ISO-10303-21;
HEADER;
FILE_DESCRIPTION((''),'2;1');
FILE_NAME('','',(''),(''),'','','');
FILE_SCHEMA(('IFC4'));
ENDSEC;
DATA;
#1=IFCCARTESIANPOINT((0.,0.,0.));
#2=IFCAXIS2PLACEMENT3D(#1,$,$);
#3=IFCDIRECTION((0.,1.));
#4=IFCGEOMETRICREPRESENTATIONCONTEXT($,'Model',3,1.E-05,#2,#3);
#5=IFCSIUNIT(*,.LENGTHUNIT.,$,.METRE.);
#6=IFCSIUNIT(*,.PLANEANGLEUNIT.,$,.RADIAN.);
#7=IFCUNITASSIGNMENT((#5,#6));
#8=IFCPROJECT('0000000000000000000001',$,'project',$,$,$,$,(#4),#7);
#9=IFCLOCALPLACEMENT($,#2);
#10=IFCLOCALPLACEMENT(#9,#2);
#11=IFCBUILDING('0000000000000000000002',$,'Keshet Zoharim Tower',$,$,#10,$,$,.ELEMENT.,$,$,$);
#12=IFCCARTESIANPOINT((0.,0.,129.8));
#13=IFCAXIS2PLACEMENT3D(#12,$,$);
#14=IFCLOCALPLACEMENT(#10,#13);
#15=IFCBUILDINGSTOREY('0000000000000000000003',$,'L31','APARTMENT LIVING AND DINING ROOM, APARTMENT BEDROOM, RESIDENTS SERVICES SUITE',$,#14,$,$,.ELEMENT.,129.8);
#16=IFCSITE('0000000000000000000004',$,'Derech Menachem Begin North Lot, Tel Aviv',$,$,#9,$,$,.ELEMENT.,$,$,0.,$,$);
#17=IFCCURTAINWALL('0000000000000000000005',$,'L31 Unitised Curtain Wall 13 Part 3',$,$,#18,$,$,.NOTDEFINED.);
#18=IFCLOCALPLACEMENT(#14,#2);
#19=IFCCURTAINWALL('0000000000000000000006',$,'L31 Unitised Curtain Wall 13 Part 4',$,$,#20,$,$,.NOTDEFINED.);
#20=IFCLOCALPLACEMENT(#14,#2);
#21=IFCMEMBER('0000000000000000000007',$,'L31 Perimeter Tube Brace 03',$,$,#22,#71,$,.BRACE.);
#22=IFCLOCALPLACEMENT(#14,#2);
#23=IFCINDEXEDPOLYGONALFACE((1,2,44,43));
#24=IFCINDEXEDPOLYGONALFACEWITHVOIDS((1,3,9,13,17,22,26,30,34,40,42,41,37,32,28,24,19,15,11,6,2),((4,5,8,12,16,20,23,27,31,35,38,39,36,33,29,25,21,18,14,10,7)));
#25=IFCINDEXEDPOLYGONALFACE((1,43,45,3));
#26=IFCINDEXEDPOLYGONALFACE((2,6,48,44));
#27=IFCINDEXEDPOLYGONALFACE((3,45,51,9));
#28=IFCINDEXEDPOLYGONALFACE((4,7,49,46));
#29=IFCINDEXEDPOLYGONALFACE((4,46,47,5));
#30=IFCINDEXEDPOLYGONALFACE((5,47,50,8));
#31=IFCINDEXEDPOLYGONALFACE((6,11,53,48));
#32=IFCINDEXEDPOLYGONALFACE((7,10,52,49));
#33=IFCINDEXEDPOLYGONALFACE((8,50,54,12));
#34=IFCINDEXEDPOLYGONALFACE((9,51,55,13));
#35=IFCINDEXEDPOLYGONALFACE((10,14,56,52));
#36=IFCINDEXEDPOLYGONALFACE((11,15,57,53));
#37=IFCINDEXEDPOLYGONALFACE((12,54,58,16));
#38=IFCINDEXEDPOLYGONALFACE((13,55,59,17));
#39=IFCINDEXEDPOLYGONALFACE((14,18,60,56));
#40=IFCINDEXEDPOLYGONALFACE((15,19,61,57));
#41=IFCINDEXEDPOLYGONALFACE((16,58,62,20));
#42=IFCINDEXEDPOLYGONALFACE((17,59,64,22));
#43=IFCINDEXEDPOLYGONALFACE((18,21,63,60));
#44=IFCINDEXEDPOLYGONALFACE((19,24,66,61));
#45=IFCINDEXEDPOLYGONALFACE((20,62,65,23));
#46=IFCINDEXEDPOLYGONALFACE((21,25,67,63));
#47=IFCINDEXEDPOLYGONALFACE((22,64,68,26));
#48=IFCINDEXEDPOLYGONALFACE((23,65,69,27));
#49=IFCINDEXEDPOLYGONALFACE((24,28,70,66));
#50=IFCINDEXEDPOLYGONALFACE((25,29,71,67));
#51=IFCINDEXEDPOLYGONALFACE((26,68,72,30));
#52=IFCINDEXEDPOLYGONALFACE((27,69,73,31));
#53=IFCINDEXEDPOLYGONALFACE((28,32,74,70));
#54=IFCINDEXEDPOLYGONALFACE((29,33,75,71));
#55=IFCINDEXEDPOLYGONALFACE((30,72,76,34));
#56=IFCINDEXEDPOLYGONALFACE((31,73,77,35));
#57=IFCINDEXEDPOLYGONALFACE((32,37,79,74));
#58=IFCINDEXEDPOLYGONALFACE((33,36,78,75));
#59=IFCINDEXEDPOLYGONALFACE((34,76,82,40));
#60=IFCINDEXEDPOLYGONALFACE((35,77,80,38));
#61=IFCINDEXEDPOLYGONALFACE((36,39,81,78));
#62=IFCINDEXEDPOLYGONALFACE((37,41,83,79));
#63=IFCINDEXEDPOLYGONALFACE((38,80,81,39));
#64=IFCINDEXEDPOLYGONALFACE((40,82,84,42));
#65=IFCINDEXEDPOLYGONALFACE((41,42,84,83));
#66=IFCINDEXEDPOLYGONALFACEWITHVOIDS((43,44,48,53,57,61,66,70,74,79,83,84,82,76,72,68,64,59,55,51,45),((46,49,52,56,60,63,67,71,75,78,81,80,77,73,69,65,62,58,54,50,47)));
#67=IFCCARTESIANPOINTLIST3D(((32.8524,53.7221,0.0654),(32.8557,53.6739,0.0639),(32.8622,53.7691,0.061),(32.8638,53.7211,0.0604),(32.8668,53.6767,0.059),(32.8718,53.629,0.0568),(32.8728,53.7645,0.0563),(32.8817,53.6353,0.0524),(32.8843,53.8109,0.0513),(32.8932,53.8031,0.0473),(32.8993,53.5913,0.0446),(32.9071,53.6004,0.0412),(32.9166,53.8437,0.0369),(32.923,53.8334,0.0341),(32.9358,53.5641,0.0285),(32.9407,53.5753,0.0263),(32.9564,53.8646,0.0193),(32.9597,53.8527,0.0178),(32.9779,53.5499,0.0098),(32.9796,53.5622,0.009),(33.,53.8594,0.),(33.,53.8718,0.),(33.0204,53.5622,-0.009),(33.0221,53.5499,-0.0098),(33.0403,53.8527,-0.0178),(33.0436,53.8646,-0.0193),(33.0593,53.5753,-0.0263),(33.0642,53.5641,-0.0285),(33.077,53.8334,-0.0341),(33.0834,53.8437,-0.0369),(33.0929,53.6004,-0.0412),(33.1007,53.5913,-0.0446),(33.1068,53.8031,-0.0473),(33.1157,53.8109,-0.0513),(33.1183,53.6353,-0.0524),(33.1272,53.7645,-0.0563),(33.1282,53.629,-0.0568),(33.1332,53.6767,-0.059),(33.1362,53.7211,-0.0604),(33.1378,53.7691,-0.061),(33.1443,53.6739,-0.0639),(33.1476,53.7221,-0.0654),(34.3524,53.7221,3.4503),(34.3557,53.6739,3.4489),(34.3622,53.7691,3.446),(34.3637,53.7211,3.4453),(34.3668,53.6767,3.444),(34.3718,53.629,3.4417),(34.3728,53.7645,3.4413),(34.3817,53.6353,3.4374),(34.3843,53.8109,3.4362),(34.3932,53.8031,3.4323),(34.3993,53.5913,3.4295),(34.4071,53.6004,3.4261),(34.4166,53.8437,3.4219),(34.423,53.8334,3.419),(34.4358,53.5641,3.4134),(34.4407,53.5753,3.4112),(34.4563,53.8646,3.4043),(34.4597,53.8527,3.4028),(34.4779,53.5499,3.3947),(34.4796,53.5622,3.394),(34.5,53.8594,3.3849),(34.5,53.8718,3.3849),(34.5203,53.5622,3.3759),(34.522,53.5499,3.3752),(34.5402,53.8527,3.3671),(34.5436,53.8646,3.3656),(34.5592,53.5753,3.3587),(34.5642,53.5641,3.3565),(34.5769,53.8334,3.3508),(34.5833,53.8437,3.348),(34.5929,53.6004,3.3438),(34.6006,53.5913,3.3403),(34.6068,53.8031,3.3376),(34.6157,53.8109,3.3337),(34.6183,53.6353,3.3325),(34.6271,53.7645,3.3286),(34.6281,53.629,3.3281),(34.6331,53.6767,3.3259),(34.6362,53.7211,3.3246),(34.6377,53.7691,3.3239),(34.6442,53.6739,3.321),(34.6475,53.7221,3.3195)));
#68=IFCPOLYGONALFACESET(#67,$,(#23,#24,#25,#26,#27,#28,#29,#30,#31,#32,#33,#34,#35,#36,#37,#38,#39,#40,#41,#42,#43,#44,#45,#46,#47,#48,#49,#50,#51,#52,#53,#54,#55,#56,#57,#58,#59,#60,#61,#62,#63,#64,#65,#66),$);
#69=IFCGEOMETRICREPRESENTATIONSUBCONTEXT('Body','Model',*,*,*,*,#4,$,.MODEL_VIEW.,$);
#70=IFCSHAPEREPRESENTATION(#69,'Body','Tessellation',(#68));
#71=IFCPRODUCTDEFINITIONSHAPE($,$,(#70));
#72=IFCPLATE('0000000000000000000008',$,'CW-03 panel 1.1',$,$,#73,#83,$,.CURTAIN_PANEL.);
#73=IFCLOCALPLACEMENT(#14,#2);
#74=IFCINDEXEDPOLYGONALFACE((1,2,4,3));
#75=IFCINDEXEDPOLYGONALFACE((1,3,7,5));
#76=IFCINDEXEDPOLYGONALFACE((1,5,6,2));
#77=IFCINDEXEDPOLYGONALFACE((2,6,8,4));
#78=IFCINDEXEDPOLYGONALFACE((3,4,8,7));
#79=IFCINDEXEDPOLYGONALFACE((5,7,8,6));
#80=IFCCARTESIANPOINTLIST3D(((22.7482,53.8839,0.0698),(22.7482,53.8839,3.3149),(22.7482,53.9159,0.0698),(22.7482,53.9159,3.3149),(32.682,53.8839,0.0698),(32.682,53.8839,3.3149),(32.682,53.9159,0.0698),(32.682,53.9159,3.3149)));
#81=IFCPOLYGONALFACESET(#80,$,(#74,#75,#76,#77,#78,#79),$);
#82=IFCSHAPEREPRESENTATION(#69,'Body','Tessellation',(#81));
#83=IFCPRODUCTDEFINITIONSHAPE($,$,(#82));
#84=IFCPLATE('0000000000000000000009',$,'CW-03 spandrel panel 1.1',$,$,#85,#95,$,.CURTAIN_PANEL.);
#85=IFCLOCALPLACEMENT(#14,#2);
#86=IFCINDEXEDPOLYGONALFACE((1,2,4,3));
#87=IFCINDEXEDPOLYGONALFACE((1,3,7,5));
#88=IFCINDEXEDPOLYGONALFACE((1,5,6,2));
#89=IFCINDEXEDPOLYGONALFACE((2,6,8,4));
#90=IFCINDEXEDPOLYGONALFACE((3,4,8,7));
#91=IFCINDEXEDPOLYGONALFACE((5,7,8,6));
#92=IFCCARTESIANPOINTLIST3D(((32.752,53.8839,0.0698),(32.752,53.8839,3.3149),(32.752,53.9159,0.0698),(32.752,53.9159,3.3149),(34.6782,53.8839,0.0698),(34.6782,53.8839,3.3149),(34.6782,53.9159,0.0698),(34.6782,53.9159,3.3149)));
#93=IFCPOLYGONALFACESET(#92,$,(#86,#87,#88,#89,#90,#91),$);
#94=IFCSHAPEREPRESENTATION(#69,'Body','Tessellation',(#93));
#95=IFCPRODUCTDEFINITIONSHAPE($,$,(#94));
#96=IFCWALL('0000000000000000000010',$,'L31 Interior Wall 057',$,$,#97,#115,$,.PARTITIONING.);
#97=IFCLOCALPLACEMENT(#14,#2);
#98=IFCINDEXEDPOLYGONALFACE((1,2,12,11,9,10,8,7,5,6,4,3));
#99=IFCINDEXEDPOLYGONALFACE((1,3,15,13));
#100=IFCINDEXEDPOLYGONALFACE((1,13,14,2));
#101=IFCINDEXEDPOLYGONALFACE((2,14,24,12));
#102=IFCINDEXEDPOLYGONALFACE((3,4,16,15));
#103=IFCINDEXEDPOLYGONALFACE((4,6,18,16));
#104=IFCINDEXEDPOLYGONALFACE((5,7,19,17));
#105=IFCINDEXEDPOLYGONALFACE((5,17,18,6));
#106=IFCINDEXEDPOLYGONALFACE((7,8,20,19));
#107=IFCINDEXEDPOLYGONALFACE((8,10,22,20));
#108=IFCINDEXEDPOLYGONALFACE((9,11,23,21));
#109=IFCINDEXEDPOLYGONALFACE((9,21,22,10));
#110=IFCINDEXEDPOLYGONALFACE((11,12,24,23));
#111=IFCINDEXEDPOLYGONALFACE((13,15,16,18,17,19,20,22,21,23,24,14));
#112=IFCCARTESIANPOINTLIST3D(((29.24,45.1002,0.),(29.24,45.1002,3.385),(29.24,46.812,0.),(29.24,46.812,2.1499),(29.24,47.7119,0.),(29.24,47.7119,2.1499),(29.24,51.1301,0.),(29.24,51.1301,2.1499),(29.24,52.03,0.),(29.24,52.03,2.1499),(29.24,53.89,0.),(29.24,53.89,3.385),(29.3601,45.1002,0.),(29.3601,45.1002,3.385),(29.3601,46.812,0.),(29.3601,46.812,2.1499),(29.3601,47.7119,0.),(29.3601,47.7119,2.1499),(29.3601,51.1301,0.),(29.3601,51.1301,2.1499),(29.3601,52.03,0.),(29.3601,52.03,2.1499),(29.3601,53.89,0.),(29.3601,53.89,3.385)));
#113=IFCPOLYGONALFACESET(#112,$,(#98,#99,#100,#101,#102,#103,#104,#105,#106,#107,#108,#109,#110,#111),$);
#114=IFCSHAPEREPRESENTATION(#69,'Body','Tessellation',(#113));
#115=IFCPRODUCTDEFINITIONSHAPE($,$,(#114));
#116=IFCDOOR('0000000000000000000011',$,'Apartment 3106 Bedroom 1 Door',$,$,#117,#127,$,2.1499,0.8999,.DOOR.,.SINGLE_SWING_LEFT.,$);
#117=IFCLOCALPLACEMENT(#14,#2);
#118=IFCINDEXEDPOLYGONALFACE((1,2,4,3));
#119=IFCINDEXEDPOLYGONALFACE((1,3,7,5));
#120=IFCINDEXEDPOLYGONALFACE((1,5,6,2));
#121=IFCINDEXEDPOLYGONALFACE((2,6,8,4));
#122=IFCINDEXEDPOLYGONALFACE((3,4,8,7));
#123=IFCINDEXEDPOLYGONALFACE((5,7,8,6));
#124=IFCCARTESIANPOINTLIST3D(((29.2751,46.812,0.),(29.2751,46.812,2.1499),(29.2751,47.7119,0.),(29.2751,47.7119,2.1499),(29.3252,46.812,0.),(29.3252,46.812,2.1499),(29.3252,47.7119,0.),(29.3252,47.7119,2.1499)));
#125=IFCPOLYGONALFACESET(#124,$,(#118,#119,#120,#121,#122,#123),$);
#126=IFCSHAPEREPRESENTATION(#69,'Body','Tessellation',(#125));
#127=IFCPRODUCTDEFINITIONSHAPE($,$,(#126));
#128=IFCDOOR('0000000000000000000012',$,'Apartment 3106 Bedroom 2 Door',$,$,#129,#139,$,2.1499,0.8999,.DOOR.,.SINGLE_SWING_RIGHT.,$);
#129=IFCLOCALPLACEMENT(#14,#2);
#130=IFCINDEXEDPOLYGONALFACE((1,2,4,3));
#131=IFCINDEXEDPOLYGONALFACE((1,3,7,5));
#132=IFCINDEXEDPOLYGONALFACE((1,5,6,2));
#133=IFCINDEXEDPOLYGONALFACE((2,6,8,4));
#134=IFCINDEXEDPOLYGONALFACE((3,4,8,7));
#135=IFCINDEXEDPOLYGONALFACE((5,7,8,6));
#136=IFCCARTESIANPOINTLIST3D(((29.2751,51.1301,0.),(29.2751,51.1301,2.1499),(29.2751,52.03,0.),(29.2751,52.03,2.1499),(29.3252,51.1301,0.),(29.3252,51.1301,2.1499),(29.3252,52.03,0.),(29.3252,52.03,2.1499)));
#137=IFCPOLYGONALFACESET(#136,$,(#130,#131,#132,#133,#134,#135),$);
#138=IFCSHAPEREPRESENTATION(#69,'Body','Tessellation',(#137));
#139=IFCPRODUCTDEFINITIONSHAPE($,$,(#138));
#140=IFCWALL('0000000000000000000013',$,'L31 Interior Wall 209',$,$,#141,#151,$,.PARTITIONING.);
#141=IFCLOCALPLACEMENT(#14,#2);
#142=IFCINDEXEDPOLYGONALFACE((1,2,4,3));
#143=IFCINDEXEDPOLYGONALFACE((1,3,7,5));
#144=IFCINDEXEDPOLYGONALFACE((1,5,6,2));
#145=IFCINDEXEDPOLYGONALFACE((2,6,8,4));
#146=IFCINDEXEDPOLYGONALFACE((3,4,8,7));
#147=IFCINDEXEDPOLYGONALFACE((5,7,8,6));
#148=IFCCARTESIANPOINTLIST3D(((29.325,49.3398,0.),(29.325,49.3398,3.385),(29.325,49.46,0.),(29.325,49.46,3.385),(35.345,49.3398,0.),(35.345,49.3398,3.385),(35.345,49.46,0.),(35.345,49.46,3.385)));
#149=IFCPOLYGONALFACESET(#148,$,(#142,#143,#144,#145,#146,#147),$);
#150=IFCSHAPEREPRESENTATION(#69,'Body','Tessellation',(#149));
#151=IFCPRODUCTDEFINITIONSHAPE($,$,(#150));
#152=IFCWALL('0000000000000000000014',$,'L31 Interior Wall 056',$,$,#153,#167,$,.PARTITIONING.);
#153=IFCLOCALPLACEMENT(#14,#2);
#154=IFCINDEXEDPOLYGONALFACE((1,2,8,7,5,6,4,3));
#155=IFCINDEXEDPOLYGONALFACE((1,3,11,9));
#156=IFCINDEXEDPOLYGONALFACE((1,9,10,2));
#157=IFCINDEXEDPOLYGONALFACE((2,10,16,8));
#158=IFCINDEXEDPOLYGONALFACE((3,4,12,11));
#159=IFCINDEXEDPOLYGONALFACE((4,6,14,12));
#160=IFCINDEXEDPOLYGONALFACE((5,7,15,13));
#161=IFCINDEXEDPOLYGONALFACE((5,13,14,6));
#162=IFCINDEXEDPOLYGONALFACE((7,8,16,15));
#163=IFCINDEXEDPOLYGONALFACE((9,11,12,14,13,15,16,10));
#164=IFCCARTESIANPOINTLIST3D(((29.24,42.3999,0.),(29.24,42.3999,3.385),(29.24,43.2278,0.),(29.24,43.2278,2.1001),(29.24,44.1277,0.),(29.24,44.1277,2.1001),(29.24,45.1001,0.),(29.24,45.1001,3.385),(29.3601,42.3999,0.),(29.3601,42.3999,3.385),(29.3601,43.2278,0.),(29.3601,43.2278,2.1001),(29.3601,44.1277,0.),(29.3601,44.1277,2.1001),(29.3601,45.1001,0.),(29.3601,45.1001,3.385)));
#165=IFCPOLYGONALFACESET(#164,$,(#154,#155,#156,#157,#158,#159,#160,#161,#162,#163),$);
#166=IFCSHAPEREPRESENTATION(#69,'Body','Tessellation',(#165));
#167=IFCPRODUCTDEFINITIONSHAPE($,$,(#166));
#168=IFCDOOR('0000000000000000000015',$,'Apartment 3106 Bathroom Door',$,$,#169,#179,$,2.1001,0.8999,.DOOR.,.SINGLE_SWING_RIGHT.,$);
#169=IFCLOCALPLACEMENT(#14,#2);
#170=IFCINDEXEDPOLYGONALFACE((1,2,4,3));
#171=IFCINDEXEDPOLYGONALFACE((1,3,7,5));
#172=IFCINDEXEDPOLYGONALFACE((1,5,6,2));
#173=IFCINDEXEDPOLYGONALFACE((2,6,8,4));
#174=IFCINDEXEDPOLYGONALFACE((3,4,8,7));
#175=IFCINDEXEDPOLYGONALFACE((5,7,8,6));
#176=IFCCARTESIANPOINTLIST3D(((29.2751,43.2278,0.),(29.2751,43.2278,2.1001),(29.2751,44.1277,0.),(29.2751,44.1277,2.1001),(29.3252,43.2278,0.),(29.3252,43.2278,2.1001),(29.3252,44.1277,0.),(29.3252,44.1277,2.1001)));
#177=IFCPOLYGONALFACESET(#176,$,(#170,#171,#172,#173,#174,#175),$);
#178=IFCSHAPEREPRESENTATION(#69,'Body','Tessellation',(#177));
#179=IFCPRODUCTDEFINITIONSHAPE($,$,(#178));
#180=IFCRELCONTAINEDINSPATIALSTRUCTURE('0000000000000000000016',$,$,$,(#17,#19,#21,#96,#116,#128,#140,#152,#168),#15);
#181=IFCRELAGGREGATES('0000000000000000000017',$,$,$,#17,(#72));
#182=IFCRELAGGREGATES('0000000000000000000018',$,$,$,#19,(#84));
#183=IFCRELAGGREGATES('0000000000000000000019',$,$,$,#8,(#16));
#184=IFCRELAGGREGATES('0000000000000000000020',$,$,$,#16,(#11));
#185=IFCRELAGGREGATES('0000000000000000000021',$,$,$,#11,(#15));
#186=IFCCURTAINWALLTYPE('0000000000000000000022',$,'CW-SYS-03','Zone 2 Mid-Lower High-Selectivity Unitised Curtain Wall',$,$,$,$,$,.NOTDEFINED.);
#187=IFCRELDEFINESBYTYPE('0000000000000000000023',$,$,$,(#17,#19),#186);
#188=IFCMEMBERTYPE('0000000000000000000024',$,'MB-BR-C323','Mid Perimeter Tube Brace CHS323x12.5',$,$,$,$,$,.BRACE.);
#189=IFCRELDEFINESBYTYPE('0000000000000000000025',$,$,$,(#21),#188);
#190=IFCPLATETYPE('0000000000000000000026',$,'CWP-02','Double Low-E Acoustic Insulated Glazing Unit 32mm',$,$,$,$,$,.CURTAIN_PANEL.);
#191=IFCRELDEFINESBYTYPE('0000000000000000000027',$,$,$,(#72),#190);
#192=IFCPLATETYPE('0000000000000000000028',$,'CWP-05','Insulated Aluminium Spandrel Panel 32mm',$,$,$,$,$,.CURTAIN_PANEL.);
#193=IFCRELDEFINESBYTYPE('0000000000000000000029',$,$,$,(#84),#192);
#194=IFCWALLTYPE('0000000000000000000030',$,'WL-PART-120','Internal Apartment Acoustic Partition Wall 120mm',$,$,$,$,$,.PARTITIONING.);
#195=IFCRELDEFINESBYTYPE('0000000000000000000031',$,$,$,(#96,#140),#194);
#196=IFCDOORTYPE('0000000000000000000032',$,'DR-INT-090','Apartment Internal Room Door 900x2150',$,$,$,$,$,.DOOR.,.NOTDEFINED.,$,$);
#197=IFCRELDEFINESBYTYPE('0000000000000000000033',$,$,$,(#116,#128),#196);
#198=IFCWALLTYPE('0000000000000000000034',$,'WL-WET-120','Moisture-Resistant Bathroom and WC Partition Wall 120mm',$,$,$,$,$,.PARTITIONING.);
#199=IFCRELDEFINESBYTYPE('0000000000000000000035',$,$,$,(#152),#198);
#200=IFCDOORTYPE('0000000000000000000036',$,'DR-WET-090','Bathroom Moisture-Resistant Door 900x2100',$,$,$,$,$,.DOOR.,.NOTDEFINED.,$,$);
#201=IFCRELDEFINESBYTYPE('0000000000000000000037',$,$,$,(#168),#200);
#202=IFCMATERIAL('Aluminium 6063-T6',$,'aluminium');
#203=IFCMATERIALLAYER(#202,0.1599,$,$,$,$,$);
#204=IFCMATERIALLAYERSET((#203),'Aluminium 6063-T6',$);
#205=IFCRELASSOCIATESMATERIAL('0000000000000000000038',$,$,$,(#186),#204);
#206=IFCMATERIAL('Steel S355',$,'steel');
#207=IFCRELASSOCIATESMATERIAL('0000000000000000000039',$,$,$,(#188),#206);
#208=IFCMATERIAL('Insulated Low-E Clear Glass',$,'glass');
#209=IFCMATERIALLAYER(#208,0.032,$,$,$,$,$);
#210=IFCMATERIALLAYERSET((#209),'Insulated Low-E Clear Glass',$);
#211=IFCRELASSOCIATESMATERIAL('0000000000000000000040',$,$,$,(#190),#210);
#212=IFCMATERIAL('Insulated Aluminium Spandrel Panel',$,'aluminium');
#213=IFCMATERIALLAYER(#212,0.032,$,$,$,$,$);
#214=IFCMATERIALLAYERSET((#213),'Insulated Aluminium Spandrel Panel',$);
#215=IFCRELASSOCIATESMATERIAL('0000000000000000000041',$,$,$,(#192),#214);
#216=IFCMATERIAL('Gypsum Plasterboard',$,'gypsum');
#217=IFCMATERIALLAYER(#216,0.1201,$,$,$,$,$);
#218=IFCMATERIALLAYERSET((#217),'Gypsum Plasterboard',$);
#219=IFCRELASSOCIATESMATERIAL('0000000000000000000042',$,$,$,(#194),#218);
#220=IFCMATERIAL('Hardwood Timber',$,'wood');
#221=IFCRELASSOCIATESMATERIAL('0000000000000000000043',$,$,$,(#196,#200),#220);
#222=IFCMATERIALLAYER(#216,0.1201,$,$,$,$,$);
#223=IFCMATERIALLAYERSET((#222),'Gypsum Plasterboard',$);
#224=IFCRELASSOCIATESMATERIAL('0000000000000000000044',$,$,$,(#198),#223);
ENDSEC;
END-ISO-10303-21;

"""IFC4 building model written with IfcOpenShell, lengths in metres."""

from ifc_helpers import new_model, si_unit, direction, frame, frame_2d, origin, origin_2d, place, context, subcontext, project, spatial, rectangle, hollow_circle, extrude, material, layer, layer_set, material_profile, profile_set, type_object, element, fill, aggregate, save


model = new_model("IFC4")

# Units and contexts
model_context = context("Model", 3, precision=1e-05, world=origin(), true_north=direction((0.0, 1.0)))
body_context = subcontext(model_context, "Body", "Model", "MODEL_VIEW")
ifc_project = project(units=[si_unit("LENGTHUNIT", "METRE"), si_unit("PLANEANGLEUNIT", "RADIAN")], contexts=[model_context])

# Site, building, storey
site_placement = place(None, origin())
site = spatial("IfcSite", under=ifc_project, at=site_placement, Name="Derech Menachem Begin North Lot, Tel Aviv", CompositionType="ELEMENT", RefElevation=0.0)
building_placement = place(site_placement, origin())
building = spatial("IfcBuilding", under=site, at=building_placement, Name="Keshet Zoharim Tower", CompositionType="ELEMENT")
storey_placement = place(building_placement, frame((0.0, 0.0, 129.8)))
storey = spatial("IfcBuildingStorey", under=building, at=storey_placement, Name="L31", Description="APARTMENT LIVING AND DINING ROOM, APARTMENT BEDROOM, RESIDENTS SERVICES SUITE", CompositionType="ELEMENT", Elevation=129.8)

# Shared definitions
ifc_material_1 = material(Name="Steel S355", Category="steel")

# Curtain wall
ifc_material_2 = material(Name="Aluminium 6063-T6", Category="aluminium")
ifc_layer_1 = layer(ifc_material_2, 0.1599)
ifc_layer_set_1 = layer_set([ifc_layer_1], Name="Aluminium 6063-T6")
curtain_wall_type = type_object("IfcCurtainWallType", Name="CW-SYS-03", Description="Zone 2 Mid-Lower High-Selectivity Unitised Curtain Wall", PredefinedType="NOTDEFINED", material=ifc_layer_set_1)
curtain_wall_1_placement = place(storey_placement, origin())
curtain_wall_1 = element("IfcCurtainWall", 1, at=curtain_wall_1_placement, inside=storey, type_object=curtain_wall_type, Name="L31 Unitised Curtain Wall 13 Part 3", PredefinedType="NOTDEFINED")

# Curtain wall
curtain_wall_2_placement = place(storey_placement, origin())
curtain_wall_2 = element("IfcCurtainWall", 2, at=curtain_wall_2_placement, inside=storey, type_object=curtain_wall_type, Name="L31 Unitised Curtain Wall 13 Part 4", PredefinedType="NOTDEFINED")

# Member
ifc_material_profile_1 = material_profile(ifc_material_1, hollow_circle(Radius=0.1619, WallThickness=0.0125, at=origin_2d()), Name="CHS323x12.5")
ifc_profile_set_1 = profile_set([ifc_material_profile_1], Name="Steel S355")
member_type_1 = type_object("IfcMemberType", Name="MB-BR-C323", Description="Mid Perimeter Tube Brace CHS323x12.5", PredefinedType="BRACE", material=ifc_profile_set_1)
member_1_placement = place(storey_placement, frame((33.0, 53.71, 0.0), z_axis=(0.405135, 0.0, 0.914257), x_axis=(0.0, 1.0, 0.0)))
element("IfcMember", 3, at=member_1_placement, inside=storey, type_object=member_type_1, Name="L31 Perimeter Tube Brace 03", PredefinedType="BRACE", context=body_context, shape_type="SweptSolid", body=[
    extrude(hollow_circle(Radius=0.1619, WallThickness=0.0125, at=origin_2d()), origin(), (0.0, 0.0, 1.0), 3.7024),
])

# Plates
ifc_material_3 = material(Name="Insulated Low-E Clear Glass", Category="glass")
ifc_layer_2 = layer(ifc_material_3, 0.032)
ifc_layer_set_2 = layer_set([ifc_layer_2], Name="Insulated Low-E Clear Glass")
plate_type_1 = type_object("IfcPlateType", Name="CWP-02", Description="Double Low-E Acoustic Insulated Glazing Unit 32mm", PredefinedType="CURTAIN_PANEL", material=ifc_layer_set_2)
plate_1_placement = place(storey_placement, frame((27.7151, 53.8999, 0.0698), z_axis=(0.0, 0.0, 1.0), x_axis=(1.0, 0.0, 0.0)))
plate_1 = element("IfcPlate", 4, at=plate_1_placement, type_object=plate_type_1, Name="CW-03 panel 1.1", PredefinedType="CURTAIN_PANEL", context=body_context, shape_type="SweptSolid", body=[
    extrude(rectangle(XDim=9.9338, YDim=0.032, at=origin_2d()), origin(), (0.0, 0.0, 1.0), 3.2451),
])
aggregate(curtain_wall_1, [plate_1])
ifc_material_4 = material(Name="Insulated Aluminium Spandrel Panel", Category="aluminium")
ifc_layer_3 = layer(ifc_material_4, 0.032)
ifc_layer_set_3 = layer_set([ifc_layer_3], Name="Insulated Aluminium Spandrel Panel")
plate_type_2 = type_object("IfcPlateType", Name="CWP-05", Description="Insulated Aluminium Spandrel Panel 32mm", PredefinedType="CURTAIN_PANEL", material=ifc_layer_set_3)
plate_2_placement = place(storey_placement, frame((33.7151, 53.8999, 0.0698), z_axis=(0.0, 0.0, 1.0), x_axis=(1.0, 0.0, 0.0)))
plate_2 = element("IfcPlate", 5, at=plate_2_placement, type_object=plate_type_2, Name="CW-03 spandrel panel 1.1", PredefinedType="CURTAIN_PANEL", context=body_context, shape_type="SweptSolid", body=[
    extrude(rectangle(XDim=1.9263, YDim=0.032, at=origin_2d()), origin(), (0.0, 0.0, 1.0), 3.2451),
])
aggregate(curtain_wall_2, [plate_2])

# Wall, openings, doors
ifc_material_5 = material(Name="Gypsum Plasterboard", Category="gypsum")
ifc_layer_4 = layer(ifc_material_5, 0.1201)
ifc_layer_set_4 = layer_set([ifc_layer_4], Name="Gypsum Plasterboard")
wall_type_1 = type_object("IfcWallType", Name="WL-PART-120", Description="Internal Apartment Acoustic Partition Wall 120mm", PredefinedType="PARTITIONING", material=ifc_layer_set_4)
wall_1_placement = place(storey_placement, frame((29.3, 45.1001, 0.0), z_axis=(0.0, 0.0, 1.0), x_axis=(0.0, 1.0, 0.0)))
wall_1 = element("IfcWall", 6, at=wall_1_placement, inside=storey, type_object=wall_type_1, Name="L31 Interior Wall 057", PredefinedType="PARTITIONING", context=body_context, shape_type="SweptSolid", body=[
    extrude(rectangle(XDim=8.7898, YDim=0.1201, at=frame_2d((4.395, 0.0))), origin(), (0.0, 0.0, 1.0), 3.385),
])
opening_1_placement = place(wall_1_placement, frame((1.7119, 0.0, 0.0)))
opening_1 = element("IfcOpeningElement", 7, at=opening_1_placement, cuts=wall_1, PredefinedType="OPENING", context=body_context, shape_type="SweptSolid", body=[
    extrude(rectangle(XDim=0.8999, YDim=2.1499, at=frame_2d((0.45, 1.075))), frame((0.0, 0.0701, 0.0), z_axis=(0.0, -1.0, 0.0), x_axis=(1.0, 0.0, 0.0)), (0.0, 0.0, 1.0), 0.1401),
])
opening_2_placement = place(wall_1_placement, frame((6.03, 0.0, 0.0)))
opening_2 = element("IfcOpeningElement", 8, at=opening_2_placement, cuts=wall_1, PredefinedType="OPENING", context=body_context, shape_type="SweptSolid", body=[
    extrude(rectangle(XDim=0.8999, YDim=2.1499, at=frame_2d((0.45, 1.075))), frame((0.0, 0.0701, 0.0), z_axis=(0.0, -1.0, 0.0), x_axis=(1.0, 0.0, 0.0)), (0.0, 0.0, 1.0), 0.1401),
])
ifc_material_6 = material(Name="Hardwood Timber", Category="wood")
door_type_1 = type_object("IfcDoorType", Name="DR-INT-090", Description="Apartment Internal Room Door 900x2150", OperationType="NOTDEFINED", PredefinedType="DOOR", material=ifc_material_6)
door_1_placement = place(opening_1_placement, origin())
door_1 = element("IfcDoor", 9, at=door_1_placement, inside=storey, type_object=door_type_1, Name="Apartment 3106 Bedroom 1 Door", OperationType="SINGLE_SWING_LEFT", OverallHeight=2.1499, OverallWidth=0.8999, PredefinedType="DOOR", context=body_context, shape_type="SweptSolid", body=[
    extrude(rectangle(XDim=0.8999, YDim=2.1499, at=frame_2d((0.45, 1.075))), frame((0.0, 0.0249, 0.0), z_axis=(0.0, -1.0, 0.0), x_axis=(1.0, 0.0, 0.0)), (0.0, 0.0, 1.0), 0.05),
])
fill(opening_1, door_1)
door_2_placement = place(opening_2_placement, origin())
door_2 = element("IfcDoor", 10, at=door_2_placement, inside=storey, type_object=door_type_1, Name="Apartment 3106 Bedroom 2 Door", OperationType="SINGLE_SWING_RIGHT", OverallHeight=2.1499, OverallWidth=0.8999, PredefinedType="DOOR", context=body_context, shape_type="SweptSolid", body=[
    extrude(rectangle(XDim=0.8999, YDim=2.1499, at=frame_2d((0.45, 1.075))), frame((0.0, 0.0249, 0.0), z_axis=(0.0, -1.0, 0.0), x_axis=(1.0, 0.0, 0.0)), (0.0, 0.0, 1.0), 0.05),
])
fill(opening_2, door_2)

# Wall
wall_2_placement = place(storey_placement, frame((29.325, 49.3999, 0.0), z_axis=(0.0, 0.0, 1.0), x_axis=(1.0, 0.0, 0.0)))
element("IfcWall", 11, at=wall_2_placement, inside=storey, type_object=wall_type_1, Name="L31 Interior Wall 209", PredefinedType="PARTITIONING", context=body_context, shape_type="SweptSolid", body=[
    extrude(rectangle(XDim=6.02, YDim=0.1201, at=frame_2d((3.01, 0.0))), origin(), (0.0, 0.0, 1.0), 3.385),
])

# Wall, opening, door
ifc_layer_5 = layer(ifc_material_5, 0.1201)
ifc_layer_set_5 = layer_set([ifc_layer_5], Name="Gypsum Plasterboard")
wall_type_2 = type_object("IfcWallType", Name="WL-WET-120", Description="Moisture-Resistant Bathroom and WC Partition Wall 120mm", PredefinedType="PARTITIONING", material=ifc_layer_set_5)
wall_3_placement = place(storey_placement, frame((29.3, 42.3999, 0.0), z_axis=(0.0, 0.0, 1.0), x_axis=(0.0, 1.0, 0.0)))
wall_3 = element("IfcWall", 12, at=wall_3_placement, inside=storey, type_object=wall_type_2, Name="L31 Interior Wall 056", PredefinedType="PARTITIONING", context=body_context, shape_type="SweptSolid", body=[
    extrude(rectangle(XDim=2.7002, YDim=0.1201, at=frame_2d((1.3501, 0.0))), origin(), (0.0, 0.0, 1.0), 3.385),
])
opening_3_placement = place(wall_3_placement, frame((0.8279, 0.0, 0.0)))
opening_3 = element("IfcOpeningElement", 13, at=opening_3_placement, cuts=wall_3, PredefinedType="OPENING", context=body_context, shape_type="SweptSolid", body=[
    extrude(rectangle(XDim=0.8999, YDim=2.1001, at=frame_2d((0.45, 1.05))), frame((0.0, 0.0701, 0.0), z_axis=(0.0, -1.0, 0.0), x_axis=(1.0, 0.0, 0.0)), (0.0, 0.0, 1.0), 0.1401),
])
door_type_2 = type_object("IfcDoorType", Name="DR-WET-090", Description="Bathroom Moisture-Resistant Door 900x2100", OperationType="NOTDEFINED", PredefinedType="DOOR", material=ifc_material_6)
door_3_placement = place(opening_3_placement, origin())
door_3 = element("IfcDoor", 14, at=door_3_placement, inside=storey, type_object=door_type_2, Name="Apartment 3106 Bathroom Door", OperationType="SINGLE_SWING_RIGHT", OverallHeight=2.1001, OverallWidth=0.8999, PredefinedType="DOOR", context=body_context, shape_type="SweptSolid", body=[
    extrude(rectangle(XDim=0.8999, YDim=2.1001, at=frame_2d((0.45, 1.05))), frame((0.0, 0.0249, 0.0), z_axis=(0.0, -1.0, 0.0), x_axis=(1.0, 0.0, 0.0)), (0.0, 0.0, 1.0), 0.05),
])
fill(opening_3, door_3)

save(model, "model.ifc")
